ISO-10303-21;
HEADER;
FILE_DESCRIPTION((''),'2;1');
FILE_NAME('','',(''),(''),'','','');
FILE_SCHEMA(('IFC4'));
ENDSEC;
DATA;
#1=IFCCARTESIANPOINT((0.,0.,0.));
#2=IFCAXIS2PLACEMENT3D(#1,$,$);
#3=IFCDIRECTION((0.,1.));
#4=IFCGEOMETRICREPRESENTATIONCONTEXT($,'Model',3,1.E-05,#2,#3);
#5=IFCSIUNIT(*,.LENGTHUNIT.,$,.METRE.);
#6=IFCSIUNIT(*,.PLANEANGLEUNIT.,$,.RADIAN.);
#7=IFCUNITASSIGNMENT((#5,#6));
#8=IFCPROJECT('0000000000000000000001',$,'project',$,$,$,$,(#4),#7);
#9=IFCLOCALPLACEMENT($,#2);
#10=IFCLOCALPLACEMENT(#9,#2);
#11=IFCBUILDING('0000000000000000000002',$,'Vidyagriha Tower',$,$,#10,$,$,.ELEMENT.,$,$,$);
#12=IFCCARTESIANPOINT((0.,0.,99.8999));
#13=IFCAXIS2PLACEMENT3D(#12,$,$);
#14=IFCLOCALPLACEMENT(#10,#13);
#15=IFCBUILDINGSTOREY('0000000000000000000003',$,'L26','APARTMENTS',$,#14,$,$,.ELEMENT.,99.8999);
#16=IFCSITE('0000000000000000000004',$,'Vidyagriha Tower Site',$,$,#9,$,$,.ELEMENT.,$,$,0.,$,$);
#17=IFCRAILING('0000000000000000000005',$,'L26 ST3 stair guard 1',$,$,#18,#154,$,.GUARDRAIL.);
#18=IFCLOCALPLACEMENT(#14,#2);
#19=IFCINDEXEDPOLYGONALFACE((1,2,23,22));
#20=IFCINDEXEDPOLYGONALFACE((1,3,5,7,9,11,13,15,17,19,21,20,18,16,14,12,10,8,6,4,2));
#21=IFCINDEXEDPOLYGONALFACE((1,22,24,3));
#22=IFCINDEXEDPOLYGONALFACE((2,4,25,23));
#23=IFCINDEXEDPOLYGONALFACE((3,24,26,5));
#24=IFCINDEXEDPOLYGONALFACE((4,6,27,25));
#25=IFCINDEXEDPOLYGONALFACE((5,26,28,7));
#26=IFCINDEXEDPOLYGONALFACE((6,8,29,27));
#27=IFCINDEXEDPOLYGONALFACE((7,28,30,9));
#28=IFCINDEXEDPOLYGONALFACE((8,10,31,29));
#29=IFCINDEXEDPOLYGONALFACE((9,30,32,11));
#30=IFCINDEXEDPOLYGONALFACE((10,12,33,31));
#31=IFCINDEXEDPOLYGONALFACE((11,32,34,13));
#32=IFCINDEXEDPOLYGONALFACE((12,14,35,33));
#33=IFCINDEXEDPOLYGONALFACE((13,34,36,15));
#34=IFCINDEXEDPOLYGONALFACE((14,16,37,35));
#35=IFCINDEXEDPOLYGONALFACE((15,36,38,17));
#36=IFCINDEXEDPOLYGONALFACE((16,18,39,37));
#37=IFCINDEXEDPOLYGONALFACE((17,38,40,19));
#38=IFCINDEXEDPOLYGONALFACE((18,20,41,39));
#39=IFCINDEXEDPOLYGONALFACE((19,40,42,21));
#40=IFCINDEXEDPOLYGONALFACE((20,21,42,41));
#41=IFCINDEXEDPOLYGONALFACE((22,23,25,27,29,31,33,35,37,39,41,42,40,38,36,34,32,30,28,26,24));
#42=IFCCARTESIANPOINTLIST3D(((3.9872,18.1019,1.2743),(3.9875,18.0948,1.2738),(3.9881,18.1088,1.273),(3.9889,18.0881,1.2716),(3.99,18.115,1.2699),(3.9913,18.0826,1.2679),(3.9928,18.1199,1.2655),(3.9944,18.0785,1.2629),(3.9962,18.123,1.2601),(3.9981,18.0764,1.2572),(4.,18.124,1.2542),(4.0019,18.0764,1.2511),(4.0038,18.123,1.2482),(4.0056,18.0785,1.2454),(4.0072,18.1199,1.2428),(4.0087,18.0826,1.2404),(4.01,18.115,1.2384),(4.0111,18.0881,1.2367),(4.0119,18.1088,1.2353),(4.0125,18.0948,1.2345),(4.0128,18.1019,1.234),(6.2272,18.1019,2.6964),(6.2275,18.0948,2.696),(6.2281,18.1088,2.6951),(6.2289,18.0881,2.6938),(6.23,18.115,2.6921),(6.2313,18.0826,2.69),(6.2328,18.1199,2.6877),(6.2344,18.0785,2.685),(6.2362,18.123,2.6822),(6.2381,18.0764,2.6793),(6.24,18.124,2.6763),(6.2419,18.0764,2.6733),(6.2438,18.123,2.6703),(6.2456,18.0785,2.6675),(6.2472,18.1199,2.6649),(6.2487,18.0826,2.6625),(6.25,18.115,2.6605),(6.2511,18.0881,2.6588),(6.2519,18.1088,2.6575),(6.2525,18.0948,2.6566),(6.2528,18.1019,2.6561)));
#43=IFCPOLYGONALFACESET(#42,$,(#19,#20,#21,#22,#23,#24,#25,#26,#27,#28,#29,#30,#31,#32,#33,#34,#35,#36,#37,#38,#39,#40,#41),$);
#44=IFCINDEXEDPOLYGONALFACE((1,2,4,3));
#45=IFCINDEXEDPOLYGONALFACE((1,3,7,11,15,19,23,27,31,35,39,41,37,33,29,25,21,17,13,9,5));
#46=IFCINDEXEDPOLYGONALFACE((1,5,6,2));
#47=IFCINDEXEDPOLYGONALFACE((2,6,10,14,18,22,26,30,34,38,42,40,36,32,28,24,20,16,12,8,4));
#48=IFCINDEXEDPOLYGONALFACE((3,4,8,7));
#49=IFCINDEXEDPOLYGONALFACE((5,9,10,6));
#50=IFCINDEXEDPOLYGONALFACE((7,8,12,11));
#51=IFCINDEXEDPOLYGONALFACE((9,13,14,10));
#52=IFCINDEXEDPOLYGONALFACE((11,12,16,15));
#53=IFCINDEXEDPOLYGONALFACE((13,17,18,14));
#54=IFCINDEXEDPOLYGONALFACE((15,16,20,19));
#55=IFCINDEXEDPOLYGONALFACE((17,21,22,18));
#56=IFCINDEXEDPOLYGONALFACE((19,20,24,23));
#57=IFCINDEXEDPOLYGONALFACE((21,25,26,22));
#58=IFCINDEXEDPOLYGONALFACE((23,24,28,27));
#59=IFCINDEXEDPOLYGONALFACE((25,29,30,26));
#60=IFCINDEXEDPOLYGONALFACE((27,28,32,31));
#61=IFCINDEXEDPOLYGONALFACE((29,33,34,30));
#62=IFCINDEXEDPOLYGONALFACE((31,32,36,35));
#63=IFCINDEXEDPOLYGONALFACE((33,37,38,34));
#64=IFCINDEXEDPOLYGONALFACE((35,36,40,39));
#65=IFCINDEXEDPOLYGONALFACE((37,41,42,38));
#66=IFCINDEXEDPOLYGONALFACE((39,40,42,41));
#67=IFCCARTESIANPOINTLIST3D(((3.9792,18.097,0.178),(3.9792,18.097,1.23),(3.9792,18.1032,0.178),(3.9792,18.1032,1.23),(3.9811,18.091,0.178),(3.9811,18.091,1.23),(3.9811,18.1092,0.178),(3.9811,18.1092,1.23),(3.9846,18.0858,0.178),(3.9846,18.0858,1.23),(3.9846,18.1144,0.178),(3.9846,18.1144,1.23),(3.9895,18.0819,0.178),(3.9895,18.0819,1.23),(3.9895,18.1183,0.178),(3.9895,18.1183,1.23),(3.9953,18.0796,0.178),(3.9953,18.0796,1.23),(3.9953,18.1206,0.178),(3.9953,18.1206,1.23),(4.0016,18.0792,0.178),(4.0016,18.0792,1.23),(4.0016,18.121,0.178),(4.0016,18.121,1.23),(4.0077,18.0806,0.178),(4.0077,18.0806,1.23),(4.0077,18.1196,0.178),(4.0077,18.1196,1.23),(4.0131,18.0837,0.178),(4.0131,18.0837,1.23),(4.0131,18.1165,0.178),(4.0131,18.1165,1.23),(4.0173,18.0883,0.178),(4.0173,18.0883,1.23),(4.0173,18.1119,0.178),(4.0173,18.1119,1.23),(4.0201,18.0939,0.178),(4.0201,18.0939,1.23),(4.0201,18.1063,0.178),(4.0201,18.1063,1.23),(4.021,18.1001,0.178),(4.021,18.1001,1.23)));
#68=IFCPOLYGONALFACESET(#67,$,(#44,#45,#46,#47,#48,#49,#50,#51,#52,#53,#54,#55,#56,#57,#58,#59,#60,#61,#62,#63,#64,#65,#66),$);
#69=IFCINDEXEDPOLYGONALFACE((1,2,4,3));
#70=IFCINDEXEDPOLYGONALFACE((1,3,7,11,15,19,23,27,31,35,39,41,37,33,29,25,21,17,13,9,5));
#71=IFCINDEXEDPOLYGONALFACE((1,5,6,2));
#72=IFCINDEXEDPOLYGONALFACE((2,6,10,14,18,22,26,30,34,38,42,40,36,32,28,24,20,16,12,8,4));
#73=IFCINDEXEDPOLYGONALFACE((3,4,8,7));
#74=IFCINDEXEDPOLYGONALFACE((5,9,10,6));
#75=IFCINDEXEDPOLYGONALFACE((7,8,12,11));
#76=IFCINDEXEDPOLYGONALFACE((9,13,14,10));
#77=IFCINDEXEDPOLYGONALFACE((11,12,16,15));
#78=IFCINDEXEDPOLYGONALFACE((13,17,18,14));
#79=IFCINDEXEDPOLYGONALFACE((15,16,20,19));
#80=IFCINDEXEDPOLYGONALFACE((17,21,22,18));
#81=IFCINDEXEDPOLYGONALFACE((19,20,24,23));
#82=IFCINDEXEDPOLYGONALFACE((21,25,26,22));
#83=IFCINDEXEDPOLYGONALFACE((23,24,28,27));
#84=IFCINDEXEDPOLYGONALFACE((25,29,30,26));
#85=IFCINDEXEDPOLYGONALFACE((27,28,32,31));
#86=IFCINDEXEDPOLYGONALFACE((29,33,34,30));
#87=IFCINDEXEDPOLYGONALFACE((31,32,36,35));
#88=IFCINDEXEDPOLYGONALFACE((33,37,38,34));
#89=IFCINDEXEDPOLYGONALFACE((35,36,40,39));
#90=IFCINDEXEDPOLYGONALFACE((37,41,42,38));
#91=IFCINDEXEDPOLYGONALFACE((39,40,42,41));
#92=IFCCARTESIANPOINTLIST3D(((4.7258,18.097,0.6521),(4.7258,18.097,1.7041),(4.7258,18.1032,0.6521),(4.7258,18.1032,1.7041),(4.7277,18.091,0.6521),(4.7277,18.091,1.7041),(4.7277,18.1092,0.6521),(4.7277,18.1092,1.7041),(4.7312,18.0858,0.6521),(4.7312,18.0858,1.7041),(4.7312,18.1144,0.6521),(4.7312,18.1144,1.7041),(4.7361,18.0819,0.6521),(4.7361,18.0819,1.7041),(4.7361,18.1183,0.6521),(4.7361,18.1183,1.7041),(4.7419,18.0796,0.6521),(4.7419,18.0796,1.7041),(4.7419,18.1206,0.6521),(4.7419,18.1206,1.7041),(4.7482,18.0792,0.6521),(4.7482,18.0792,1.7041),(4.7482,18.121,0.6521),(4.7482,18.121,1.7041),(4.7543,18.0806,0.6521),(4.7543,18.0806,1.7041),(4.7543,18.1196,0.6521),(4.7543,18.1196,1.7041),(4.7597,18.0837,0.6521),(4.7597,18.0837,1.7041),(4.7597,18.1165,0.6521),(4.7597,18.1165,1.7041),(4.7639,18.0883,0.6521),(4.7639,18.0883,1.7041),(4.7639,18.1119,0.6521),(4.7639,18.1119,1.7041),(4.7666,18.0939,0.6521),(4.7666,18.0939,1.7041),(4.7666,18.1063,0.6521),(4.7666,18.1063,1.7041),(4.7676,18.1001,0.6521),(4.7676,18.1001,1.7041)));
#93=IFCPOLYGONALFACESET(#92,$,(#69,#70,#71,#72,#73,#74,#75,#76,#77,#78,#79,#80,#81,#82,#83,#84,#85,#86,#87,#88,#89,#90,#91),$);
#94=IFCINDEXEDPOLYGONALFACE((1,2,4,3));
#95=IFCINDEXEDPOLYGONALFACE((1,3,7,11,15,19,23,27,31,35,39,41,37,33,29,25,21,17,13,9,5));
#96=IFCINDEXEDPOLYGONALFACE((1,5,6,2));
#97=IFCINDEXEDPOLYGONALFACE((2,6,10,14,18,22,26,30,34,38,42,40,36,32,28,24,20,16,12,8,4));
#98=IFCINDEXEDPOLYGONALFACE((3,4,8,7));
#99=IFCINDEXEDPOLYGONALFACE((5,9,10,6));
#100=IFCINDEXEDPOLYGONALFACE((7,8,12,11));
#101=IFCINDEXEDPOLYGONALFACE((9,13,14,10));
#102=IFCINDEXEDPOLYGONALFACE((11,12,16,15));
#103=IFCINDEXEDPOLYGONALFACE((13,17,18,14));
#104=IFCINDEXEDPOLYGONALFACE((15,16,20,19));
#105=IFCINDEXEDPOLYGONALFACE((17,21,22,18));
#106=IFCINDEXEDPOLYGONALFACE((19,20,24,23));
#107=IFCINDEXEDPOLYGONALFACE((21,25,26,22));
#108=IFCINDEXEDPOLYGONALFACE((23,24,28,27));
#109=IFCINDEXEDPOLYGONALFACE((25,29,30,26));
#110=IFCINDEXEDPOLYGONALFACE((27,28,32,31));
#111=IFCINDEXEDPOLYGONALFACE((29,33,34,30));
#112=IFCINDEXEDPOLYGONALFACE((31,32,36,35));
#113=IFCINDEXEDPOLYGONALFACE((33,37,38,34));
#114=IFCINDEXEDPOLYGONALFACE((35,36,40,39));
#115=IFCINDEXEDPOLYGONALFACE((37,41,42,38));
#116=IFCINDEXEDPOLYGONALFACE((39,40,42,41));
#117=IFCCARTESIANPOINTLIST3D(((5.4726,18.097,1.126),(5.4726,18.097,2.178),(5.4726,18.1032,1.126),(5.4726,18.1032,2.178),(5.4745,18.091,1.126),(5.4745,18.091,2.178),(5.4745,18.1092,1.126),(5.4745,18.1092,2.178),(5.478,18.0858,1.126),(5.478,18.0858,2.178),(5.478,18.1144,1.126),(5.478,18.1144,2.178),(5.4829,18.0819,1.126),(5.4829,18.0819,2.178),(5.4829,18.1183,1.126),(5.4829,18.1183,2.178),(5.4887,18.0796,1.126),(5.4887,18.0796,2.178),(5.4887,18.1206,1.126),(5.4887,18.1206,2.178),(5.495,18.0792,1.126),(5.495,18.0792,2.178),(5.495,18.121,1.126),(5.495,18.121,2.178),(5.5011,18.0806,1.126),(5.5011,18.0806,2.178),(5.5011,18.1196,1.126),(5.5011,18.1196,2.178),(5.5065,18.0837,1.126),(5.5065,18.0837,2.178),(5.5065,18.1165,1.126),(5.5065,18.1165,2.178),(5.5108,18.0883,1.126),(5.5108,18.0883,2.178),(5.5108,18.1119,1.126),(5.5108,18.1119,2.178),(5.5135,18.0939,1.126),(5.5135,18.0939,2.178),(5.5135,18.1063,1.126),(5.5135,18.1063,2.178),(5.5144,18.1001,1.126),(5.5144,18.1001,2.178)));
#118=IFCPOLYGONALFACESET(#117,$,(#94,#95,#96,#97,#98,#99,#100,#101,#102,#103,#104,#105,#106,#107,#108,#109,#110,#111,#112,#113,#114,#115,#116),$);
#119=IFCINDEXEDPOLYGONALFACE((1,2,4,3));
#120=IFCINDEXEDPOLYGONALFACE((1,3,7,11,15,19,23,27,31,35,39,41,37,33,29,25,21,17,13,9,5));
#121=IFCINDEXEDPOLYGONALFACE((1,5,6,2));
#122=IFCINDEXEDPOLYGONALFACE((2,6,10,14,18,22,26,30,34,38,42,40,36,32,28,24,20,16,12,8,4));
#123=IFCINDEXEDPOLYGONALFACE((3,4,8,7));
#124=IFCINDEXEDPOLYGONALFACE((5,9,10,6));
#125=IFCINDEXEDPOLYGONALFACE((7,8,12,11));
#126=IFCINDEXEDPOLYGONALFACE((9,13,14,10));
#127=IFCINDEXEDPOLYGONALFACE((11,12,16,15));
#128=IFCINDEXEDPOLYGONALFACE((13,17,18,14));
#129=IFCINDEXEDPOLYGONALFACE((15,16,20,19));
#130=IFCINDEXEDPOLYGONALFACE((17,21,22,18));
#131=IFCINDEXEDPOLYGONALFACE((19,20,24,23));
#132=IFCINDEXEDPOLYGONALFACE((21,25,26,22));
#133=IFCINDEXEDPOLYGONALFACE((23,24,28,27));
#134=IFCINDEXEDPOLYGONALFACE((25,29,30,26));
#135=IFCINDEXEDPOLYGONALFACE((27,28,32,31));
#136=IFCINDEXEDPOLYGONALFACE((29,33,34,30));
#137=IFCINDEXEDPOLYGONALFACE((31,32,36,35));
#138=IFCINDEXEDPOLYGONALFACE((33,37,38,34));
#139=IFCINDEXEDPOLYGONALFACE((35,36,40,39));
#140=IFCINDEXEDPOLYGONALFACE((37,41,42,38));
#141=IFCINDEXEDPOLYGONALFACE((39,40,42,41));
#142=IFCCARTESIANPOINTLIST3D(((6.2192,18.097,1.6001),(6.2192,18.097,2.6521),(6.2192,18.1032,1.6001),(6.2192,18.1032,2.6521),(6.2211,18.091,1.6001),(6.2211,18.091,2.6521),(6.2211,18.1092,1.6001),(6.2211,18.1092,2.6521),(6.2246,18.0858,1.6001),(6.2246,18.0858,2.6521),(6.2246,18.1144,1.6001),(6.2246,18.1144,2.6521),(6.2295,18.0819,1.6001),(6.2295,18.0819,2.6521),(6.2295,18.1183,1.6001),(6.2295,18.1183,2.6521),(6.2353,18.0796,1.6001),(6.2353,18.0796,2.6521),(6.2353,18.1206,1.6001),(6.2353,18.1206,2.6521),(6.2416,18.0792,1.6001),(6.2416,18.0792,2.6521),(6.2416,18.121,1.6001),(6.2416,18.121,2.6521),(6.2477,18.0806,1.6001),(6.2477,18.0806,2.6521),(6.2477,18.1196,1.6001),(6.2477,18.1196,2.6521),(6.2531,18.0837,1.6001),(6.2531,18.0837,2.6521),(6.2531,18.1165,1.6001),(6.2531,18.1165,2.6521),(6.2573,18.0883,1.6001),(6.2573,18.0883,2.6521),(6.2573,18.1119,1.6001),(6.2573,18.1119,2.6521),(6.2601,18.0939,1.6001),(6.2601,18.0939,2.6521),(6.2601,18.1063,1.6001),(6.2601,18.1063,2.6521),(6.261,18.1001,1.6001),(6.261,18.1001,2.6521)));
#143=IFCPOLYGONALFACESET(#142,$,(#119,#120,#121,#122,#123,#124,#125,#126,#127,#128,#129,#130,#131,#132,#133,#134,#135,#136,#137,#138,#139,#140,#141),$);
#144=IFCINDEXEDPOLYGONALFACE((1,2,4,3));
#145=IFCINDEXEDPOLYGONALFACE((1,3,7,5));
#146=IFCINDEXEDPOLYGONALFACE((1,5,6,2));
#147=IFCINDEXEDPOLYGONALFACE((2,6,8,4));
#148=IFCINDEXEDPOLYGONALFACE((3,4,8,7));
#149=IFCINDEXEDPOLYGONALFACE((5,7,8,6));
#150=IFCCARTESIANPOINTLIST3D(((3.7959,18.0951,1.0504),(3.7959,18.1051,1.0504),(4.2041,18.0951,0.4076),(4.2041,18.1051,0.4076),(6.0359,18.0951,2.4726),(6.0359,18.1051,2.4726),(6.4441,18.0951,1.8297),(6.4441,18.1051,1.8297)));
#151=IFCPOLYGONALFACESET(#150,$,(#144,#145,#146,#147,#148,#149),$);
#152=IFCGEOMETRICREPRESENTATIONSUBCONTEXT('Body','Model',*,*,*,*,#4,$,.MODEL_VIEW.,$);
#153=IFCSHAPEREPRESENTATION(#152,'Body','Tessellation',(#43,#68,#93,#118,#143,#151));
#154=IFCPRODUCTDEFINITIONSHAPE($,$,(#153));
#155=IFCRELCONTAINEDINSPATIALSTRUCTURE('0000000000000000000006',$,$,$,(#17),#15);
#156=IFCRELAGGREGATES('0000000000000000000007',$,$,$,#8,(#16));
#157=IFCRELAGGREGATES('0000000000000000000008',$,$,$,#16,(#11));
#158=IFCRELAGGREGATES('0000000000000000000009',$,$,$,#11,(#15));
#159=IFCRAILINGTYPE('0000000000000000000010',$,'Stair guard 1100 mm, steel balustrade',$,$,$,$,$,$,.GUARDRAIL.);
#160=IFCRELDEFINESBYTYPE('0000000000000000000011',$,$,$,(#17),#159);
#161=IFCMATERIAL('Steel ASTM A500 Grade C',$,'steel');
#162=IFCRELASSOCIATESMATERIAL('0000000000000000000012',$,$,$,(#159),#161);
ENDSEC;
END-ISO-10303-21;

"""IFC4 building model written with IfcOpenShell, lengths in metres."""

from ifc_helpers import new_model, si_unit, direction, frame, origin, origin_2d, place, context, subcontext, project, spatial, rectangle, circle, extrude, material, type_object, element, save


model = new_model("IFC4")

# Units and contexts
model_context = context("Model", 3, precision=1e-05, world=origin(), true_north=direction((0.0, 1.0)))
body_context = subcontext(model_context, "Body", "Model", "MODEL_VIEW")
ifc_project = project(units=[si_unit("LENGTHUNIT", "METRE"), si_unit("PLANEANGLEUNIT", "RADIAN")], contexts=[model_context])

# Site, building, storey
site_placement = place(None, origin())
site = spatial("IfcSite", under=ifc_project, at=site_placement, Name="Vidyagriha Tower Site", CompositionType="ELEMENT", RefElevation=0.0)
building_placement = place(site_placement, origin())
building = spatial("IfcBuilding", under=site, at=building_placement, Name="Vidyagriha Tower", CompositionType="ELEMENT")
storey_placement = place(building_placement, frame((0.0, 0.0, 99.8999)))
storey = spatial("IfcBuildingStorey", under=building, at=storey_placement, Name="L26", Description="APARTMENTS", CompositionType="ELEMENT", Elevation=99.8999)

# Railing
ifc_material_1 = material(Name="Steel ASTM A500 Grade C", Category="steel")
railing_type_1 = type_object("IfcRailingType", Name="Stair guard 1100 mm, steel balustrade", PredefinedType="GUARDRAIL", material=ifc_material_1)
railing_1_placement = place(storey_placement, frame((4.0, 18.1001, 0.178)))
element("IfcRailing", 1, at=railing_1_placement, inside=storey, type_object=railing_type_1, Name="L26 ST3 stair guard 1", PredefinedType="GUARDRAIL", context=body_context, shape_type="SweptSolid", body=[
    extrude(circle(Radius=0.0239, at=origin_2d()), frame((0.0, 0.0, 1.0762), z_axis=(0.844229, 0.0, 0.535982), x_axis=(0.0, 1.0, 0.0)), (0.0, 0.0, 1.0), 2.6533),
    extrude(circle(Radius=0.021, at=origin_2d()), origin(), (0.0, 0.0, 1.0), 1.052),
    extrude(circle(Radius=0.021, at=origin_2d()), frame((0.7466, 0.0, 0.4741)), (0.0, 0.0, 1.0), 1.052),
    extrude(circle(Radius=0.021, at=origin_2d()), frame((1.4934, 0.0, 0.948)), (0.0, 0.0, 1.0), 1.052),
    extrude(circle(Radius=0.021, at=origin_2d()), frame((2.24, 0.0, 1.4221)), (0.0, 0.0, 1.0), 1.052),
    extrude(rectangle(XDim=0.01, YDim=0.7615, at=origin_2d()), frame((0.0, 0.0, 0.551), z_axis=(0.844229, 0.0, 0.535982), x_axis=(0.0, 1.0, 0.0)), (0.0, 0.0, 1.0), 2.6533),
])

save(model, "model.ifc")
